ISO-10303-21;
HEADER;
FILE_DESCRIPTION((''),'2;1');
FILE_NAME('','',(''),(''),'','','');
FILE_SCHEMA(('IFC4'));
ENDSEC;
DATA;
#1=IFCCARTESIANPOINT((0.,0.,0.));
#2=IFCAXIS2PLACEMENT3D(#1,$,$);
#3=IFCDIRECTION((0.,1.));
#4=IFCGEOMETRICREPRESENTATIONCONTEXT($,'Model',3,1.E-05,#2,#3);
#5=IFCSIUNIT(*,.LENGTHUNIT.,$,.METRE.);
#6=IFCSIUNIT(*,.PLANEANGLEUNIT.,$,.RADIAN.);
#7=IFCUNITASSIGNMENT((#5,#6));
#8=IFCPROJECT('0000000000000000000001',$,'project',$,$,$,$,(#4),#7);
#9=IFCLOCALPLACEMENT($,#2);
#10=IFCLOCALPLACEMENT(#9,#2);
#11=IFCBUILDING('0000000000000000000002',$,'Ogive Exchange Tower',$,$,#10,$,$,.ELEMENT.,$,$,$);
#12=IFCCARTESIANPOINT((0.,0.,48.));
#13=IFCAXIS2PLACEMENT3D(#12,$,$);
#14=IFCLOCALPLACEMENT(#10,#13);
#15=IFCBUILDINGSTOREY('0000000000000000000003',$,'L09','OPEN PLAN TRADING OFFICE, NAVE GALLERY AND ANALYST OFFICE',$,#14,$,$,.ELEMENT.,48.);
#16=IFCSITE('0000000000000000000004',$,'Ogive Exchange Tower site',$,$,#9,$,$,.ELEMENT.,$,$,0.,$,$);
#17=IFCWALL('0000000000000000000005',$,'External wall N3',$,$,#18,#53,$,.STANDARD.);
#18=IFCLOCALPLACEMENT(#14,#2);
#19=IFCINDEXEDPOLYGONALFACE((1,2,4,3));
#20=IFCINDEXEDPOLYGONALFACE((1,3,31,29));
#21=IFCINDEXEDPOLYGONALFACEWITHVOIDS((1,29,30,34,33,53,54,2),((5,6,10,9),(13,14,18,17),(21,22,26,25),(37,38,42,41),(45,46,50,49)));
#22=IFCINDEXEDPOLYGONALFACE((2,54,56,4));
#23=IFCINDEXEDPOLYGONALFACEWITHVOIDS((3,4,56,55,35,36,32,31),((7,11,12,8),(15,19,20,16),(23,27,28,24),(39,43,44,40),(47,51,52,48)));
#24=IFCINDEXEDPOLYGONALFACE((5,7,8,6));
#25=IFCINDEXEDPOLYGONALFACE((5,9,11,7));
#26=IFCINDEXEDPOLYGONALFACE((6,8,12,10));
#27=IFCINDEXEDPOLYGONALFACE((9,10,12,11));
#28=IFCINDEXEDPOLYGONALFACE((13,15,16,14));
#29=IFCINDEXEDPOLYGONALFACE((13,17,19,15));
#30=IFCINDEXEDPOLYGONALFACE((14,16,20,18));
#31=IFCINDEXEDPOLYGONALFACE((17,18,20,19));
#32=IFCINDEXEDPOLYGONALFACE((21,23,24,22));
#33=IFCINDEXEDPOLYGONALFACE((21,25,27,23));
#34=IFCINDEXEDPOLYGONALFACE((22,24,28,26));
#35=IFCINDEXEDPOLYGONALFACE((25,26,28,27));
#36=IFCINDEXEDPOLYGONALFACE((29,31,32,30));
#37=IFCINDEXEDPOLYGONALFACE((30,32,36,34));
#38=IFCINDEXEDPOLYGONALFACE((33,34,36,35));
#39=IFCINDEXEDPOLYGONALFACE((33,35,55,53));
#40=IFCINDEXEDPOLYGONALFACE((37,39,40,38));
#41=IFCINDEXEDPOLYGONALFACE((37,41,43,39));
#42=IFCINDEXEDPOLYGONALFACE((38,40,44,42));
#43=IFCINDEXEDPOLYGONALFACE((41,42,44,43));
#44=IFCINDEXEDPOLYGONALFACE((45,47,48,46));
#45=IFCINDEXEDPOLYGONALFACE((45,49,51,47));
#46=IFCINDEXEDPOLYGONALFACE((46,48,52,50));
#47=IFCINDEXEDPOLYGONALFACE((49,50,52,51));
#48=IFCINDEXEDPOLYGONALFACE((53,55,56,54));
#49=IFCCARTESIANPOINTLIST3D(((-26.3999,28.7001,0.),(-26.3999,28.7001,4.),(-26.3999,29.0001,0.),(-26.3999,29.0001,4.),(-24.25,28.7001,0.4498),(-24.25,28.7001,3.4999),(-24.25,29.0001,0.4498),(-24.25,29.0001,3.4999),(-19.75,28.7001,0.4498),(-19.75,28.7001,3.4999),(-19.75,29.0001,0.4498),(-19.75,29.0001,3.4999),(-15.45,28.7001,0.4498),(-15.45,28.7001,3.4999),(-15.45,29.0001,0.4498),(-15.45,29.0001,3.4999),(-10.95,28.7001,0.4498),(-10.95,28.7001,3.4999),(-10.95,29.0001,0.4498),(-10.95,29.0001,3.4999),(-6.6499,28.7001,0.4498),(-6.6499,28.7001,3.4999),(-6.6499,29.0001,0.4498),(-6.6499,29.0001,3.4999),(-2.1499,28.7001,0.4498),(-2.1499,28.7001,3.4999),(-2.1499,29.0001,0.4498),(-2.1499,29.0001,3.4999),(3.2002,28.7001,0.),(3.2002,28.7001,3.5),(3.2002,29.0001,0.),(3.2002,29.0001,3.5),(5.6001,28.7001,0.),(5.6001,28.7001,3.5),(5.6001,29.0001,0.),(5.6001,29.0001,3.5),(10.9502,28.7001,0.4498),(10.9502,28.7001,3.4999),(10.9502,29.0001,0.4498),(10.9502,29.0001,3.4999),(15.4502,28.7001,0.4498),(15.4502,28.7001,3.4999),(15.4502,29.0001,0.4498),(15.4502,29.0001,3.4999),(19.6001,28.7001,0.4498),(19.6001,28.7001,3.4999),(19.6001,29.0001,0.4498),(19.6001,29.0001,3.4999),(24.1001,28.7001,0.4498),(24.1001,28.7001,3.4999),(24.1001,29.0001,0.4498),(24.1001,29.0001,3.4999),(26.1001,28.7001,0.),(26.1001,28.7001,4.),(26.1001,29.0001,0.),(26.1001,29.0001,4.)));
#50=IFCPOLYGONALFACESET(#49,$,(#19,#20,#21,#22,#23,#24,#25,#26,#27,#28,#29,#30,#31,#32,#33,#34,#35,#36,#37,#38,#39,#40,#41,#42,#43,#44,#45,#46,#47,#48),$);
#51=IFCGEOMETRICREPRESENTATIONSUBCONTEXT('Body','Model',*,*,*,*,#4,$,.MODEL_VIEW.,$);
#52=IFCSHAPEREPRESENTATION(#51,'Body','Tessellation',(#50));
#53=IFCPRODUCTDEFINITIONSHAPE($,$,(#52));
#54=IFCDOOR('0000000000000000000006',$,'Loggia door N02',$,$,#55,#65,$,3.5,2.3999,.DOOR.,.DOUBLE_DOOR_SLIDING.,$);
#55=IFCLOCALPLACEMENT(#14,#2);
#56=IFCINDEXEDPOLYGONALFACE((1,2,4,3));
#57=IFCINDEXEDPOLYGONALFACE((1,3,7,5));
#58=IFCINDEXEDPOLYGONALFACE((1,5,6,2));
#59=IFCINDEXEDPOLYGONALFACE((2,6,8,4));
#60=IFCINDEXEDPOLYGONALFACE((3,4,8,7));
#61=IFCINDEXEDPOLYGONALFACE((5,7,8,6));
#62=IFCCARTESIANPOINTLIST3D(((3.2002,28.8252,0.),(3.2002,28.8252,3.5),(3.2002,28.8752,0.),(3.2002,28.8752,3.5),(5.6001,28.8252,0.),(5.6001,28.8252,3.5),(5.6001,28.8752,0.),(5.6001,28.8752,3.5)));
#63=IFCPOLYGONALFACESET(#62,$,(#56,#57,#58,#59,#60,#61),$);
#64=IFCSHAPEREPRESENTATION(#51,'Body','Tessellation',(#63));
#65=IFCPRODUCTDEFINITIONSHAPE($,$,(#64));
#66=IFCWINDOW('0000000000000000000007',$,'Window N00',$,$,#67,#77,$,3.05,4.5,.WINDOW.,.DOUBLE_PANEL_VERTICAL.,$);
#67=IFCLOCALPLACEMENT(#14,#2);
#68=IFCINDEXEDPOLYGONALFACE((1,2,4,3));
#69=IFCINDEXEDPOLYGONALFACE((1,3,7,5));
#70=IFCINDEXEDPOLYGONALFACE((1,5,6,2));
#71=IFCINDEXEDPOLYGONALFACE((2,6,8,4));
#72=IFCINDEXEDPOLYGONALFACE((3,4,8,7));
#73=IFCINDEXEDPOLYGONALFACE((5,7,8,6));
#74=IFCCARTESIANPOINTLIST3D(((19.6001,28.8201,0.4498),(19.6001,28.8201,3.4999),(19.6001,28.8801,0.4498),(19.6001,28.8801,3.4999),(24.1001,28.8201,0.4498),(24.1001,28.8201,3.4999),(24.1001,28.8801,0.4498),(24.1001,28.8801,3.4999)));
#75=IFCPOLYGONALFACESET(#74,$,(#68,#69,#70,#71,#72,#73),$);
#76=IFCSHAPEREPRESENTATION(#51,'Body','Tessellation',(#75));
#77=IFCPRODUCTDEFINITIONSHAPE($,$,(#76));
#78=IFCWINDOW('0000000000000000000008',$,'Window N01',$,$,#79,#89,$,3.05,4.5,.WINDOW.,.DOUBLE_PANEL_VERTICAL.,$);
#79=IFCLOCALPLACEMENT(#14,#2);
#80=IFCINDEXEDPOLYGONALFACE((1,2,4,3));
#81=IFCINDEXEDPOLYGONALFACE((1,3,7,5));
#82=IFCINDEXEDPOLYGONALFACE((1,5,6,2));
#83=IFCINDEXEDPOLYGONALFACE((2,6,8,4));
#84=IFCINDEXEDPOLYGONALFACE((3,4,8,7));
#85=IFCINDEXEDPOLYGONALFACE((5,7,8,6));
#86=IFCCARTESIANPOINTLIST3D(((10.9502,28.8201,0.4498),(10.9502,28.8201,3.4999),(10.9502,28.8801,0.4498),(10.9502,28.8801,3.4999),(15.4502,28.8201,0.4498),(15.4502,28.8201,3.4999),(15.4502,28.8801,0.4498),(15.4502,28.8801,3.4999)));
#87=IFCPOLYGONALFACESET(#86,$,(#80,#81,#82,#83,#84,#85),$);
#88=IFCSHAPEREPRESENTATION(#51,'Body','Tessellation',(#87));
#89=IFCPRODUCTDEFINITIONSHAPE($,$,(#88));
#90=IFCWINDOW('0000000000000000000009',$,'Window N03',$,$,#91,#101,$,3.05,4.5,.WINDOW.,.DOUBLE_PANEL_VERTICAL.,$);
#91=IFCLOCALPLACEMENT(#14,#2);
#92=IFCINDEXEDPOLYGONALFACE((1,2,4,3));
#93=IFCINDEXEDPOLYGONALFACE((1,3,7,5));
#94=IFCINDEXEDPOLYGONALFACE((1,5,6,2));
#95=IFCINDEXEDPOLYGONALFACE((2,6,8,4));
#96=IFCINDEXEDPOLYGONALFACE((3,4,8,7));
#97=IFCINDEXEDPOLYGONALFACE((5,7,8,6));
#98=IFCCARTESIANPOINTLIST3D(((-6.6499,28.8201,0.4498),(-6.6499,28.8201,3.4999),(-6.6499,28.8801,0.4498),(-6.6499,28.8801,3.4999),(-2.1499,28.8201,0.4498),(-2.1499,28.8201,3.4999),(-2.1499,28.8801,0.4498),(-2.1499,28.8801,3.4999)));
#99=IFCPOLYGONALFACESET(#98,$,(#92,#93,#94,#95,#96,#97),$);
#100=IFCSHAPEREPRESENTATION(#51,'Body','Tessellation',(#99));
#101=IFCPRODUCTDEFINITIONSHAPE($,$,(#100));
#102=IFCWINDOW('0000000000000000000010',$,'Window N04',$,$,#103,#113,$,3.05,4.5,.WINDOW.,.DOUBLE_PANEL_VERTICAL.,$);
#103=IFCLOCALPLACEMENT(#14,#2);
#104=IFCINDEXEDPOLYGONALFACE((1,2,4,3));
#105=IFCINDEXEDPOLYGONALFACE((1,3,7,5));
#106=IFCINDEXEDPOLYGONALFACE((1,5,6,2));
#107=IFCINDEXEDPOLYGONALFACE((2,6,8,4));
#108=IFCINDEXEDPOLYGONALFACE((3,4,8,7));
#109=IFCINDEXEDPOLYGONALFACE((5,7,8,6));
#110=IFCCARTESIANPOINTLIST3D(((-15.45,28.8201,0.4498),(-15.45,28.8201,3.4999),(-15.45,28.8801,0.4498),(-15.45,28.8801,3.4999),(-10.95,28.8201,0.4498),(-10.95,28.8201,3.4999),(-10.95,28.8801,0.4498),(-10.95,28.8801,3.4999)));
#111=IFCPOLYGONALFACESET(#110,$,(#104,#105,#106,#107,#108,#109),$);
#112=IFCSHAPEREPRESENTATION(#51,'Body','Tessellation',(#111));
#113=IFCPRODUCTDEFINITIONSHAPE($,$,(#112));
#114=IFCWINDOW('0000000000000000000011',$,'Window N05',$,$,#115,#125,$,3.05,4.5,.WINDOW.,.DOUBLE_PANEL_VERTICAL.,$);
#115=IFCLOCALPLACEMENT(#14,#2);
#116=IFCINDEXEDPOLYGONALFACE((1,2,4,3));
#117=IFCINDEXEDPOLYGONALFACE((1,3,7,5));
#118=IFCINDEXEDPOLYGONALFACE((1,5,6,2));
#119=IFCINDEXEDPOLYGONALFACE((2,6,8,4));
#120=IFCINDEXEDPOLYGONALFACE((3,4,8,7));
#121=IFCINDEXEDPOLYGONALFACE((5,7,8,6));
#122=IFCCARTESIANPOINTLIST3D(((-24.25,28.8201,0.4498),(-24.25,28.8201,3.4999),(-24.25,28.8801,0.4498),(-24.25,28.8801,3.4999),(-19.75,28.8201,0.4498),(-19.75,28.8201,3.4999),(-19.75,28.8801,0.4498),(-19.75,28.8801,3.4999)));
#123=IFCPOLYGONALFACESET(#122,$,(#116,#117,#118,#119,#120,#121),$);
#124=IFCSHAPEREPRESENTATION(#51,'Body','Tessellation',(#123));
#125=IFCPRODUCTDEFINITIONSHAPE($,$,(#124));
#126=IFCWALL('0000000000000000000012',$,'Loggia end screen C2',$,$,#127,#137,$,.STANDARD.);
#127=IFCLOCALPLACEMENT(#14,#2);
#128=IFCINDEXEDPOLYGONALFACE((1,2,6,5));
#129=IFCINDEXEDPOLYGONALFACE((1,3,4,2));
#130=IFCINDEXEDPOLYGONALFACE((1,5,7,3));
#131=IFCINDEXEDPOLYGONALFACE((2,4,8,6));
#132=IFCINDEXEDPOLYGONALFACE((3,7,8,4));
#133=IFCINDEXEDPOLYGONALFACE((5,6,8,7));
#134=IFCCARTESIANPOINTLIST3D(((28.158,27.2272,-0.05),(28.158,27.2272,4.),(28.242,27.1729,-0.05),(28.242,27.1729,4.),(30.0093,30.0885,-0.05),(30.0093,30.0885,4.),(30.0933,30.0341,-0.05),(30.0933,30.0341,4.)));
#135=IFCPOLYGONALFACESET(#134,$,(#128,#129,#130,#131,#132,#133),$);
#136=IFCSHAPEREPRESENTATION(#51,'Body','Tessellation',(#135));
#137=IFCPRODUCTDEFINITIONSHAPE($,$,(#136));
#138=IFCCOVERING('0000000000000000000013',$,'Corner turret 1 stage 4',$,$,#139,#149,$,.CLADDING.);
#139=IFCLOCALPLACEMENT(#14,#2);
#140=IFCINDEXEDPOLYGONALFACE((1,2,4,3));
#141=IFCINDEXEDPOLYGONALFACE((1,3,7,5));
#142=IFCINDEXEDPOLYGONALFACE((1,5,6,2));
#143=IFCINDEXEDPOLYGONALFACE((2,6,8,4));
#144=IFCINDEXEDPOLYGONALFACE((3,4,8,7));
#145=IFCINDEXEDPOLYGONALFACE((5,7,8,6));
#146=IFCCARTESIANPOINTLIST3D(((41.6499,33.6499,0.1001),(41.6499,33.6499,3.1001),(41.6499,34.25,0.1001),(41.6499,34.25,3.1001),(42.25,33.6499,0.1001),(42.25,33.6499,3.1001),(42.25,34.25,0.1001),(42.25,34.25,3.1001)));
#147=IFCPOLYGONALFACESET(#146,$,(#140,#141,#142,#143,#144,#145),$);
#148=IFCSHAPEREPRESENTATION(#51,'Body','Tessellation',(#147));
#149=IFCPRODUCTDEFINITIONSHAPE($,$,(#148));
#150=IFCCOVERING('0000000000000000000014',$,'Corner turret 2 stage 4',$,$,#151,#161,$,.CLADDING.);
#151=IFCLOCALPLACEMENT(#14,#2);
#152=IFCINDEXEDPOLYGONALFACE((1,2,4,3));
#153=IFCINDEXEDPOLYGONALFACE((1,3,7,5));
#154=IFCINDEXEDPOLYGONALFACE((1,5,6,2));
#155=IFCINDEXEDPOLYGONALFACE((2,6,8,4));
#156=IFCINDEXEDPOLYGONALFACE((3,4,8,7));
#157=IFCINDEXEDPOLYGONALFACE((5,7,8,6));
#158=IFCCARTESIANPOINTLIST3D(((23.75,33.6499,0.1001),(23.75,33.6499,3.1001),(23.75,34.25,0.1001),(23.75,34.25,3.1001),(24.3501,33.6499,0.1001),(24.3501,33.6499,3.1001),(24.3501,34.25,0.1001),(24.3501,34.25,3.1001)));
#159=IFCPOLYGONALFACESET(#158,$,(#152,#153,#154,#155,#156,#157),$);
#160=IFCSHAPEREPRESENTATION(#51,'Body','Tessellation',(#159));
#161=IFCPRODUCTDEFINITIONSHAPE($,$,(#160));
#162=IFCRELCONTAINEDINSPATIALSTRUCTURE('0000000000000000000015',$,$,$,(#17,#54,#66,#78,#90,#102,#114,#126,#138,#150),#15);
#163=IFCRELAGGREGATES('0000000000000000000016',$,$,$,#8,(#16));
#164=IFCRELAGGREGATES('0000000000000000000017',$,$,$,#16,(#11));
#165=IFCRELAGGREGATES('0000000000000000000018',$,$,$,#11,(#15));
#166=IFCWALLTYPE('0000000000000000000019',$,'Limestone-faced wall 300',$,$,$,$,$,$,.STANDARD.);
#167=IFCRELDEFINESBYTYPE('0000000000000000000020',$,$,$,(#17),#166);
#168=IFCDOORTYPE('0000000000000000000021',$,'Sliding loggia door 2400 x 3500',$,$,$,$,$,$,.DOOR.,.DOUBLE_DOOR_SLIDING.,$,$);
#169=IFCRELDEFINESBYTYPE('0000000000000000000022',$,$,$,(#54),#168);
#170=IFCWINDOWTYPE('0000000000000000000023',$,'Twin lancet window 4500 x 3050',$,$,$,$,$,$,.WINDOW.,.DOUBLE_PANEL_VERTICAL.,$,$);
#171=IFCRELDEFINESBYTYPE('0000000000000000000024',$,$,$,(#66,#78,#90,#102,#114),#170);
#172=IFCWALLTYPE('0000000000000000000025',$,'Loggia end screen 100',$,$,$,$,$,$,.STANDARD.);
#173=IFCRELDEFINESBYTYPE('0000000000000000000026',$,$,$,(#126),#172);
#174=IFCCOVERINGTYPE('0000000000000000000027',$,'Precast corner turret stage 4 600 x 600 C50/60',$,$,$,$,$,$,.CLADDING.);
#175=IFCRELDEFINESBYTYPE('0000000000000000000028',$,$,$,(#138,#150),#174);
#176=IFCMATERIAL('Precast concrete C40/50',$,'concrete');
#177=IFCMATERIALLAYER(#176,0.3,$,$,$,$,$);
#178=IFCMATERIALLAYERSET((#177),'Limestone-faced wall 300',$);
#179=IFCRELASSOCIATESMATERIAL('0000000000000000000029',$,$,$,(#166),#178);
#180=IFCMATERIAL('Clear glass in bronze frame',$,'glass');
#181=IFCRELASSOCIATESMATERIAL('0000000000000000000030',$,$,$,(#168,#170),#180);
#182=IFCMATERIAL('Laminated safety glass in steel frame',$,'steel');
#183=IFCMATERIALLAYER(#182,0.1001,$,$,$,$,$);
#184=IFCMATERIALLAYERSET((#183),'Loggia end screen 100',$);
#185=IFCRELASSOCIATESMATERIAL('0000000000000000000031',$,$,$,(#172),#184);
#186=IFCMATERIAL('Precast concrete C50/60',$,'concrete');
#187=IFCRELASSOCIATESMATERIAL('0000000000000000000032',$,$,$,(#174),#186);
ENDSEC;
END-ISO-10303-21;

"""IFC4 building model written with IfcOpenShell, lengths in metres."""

from ifc_helpers import new_model, si_unit, direction, frame, frame_2d, origin, origin_2d, place, context, subcontext, project, spatial, rectangle, extrude, material, layer, layer_set, material_profile, profile_set, type_object, element, fill, save


model = new_model("IFC4")

# Units and contexts
model_context = context("Model", 3, precision=1e-05, world=origin(), true_north=direction((0.0, 1.0)))
body_context = subcontext(model_context, "Body", "Model", "MODEL_VIEW")
ifc_project = project(units=[si_unit("LENGTHUNIT", "METRE"), si_unit("PLANEANGLEUNIT", "RADIAN")], contexts=[model_context])

# Site, building, storey
site_placement = place(None, origin())
site = spatial("IfcSite", under=ifc_project, at=site_placement, Name="Ogive Exchange Tower site", CompositionType="ELEMENT", RefElevation=0.0)
building_placement = place(site_placement, origin())
building = spatial("IfcBuilding", under=site, at=building_placement, Name="Ogive Exchange Tower", CompositionType="ELEMENT")
storey_placement = place(building_placement, frame((0.0, 0.0, 48.0)))
storey = spatial("IfcBuildingStorey", under=building, at=storey_placement, Name="L09", Description="OPEN PLAN TRADING OFFICE, NAVE GALLERY AND ANALYST OFFICE", CompositionType="ELEMENT", Elevation=48.0)

# Wall, openings, door, windows
ifc_material_1 = material(Name="Precast concrete C40/50", Category="concrete")
ifc_layer_1 = layer(ifc_material_1, 0.3)
ifc_layer_set_1 = layer_set([ifc_layer_1], Name="Limestone-faced wall 300")
wall_type_1 = type_object("IfcWallType", Name="Limestone-faced wall 300", PredefinedType="STANDARD", material=ifc_layer_set_1)
wall_1_placement = place(storey_placement, frame((26.1001, 28.8501, 0.0), z_axis=(0.0, 0.0, 1.0), x_axis=(-1.0, 0.0, 0.0)))
wall_1 = element("IfcWall", 1, at=wall_1_placement, inside=storey, type_object=wall_type_1, Name="External wall N3", PredefinedType="STANDARD", context=body_context, shape_type="SweptSolid", body=[
    extrude(rectangle(XDim=52.5, YDim=0.3, at=frame_2d((26.25, 0.0))), origin(), (0.0, 0.0, 1.0), 4.0),
])
opening_1_placement = place(wall_1_placement, frame((2.0, 0.0, 0.45)))
opening_1 = element("IfcOpeningElement", 2, at=opening_1_placement, cuts=wall_1, PredefinedType="OPENING", context=body_context, shape_type="SweptSolid", body=[
    extrude(rectangle(XDim=4.5, YDim=3.05, at=frame_2d((2.25, 1.5249))), frame((0.0, 0.1599, 0.0), z_axis=(0.0, -1.0, 0.0), x_axis=(1.0, 0.0, 0.0)), (0.0, 0.0, 1.0), 0.3201),
])
opening_2_placement = place(wall_1_placement, frame((10.6499, 0.0, 0.45)))
opening_2 = element("IfcOpeningElement", 3, at=opening_2_placement, cuts=wall_1, PredefinedType="OPENING", context=body_context, shape_type="SweptSolid", body=[
    extrude(rectangle(XDim=4.5, YDim=3.05, at=frame_2d((2.25, 1.5249))), frame((0.0, 0.1599, 0.0), z_axis=(0.0, -1.0, 0.0), x_axis=(1.0, 0.0, 0.0)), (0.0, 0.0, 1.0), 0.3201),
])
opening_3_placement = place(wall_1_placement, frame((20.5, 0.0, 0.0)))
opening_3 = element("IfcOpeningElement", 4, at=opening_3_placement, cuts=wall_1, PredefinedType="OPENING", context=body_context, shape_type="SweptSolid", body=[
    extrude(rectangle(XDim=2.3999, YDim=3.5, at=frame_2d((1.2, 1.75))), frame((0.0, 0.1599, 0.0), z_axis=(0.0, -1.0, 0.0), x_axis=(1.0, 0.0, 0.0)), (0.0, 0.0, 1.0), 0.3201),
])
opening_4_placement = place(wall_1_placement, frame((28.25, 0.0, 0.45)))
opening_4 = element("IfcOpeningElement", 5, at=opening_4_placement, cuts=wall_1, PredefinedType="OPENING", context=body_context, shape_type="SweptSolid", body=[
    extrude(rectangle(XDim=4.5, YDim=3.05, at=frame_2d((2.25, 1.5249))), frame((0.0, 0.1599, 0.0), z_axis=(0.0, -1.0, 0.0), x_axis=(1.0, 0.0, 0.0)), (0.0, 0.0, 1.0), 0.3201),
])
opening_5_placement = place(wall_1_placement, frame((37.05, 0.0, 0.45)))
opening_5 = element("IfcOpeningElement", 6, at=opening_5_placement, cuts=wall_1, PredefinedType="OPENING", context=body_context, shape_type="SweptSolid", body=[
    extrude(rectangle(XDim=4.5, YDim=3.05, at=frame_2d((2.25, 1.5249))), frame((0.0, 0.1599, 0.0), z_axis=(0.0, -1.0, 0.0), x_axis=(1.0, 0.0, 0.0)), (0.0, 0.0, 1.0), 0.3201),
])
opening_6_placement = place(wall_1_placement, frame((45.8501, 0.0, 0.45)))
opening_6 = element("IfcOpeningElement", 7, at=opening_6_placement, cuts=wall_1, PredefinedType="OPENING", context=body_context, shape_type="SweptSolid", body=[
    extrude(rectangle(XDim=4.5, YDim=3.05, at=frame_2d((2.25, 1.5249))), frame((0.0, 0.1599, 0.0), z_axis=(0.0, -1.0, 0.0), x_axis=(1.0, 0.0, 0.0)), (0.0, 0.0, 1.0), 0.3201),
])
ifc_material_2 = material(Name="Clear glass in bronze frame", Category="glass")
door_type_1 = type_object("IfcDoorType", Name="Sliding loggia door 2400 x 3500", OperationType="DOUBLE_DOOR_SLIDING", PredefinedType="DOOR", material=ifc_material_2)
door_1_placement = place(opening_3_placement, origin())
door_1 = element("IfcDoor", 8, at=door_1_placement, inside=storey, type_object=door_type_1, Name="Loggia door N02", OperationType="DOUBLE_DOOR_SLIDING", OverallHeight=3.5, OverallWidth=2.3999, PredefinedType="DOOR", context=body_context, shape_type="SweptSolid", body=[
    extrude(rectangle(XDim=2.3999, YDim=3.5, at=frame_2d((1.2, 1.75))), frame((0.0, 0.0249, 0.0), z_axis=(0.0, -1.0, 0.0), x_axis=(1.0, 0.0, 0.0)), (0.0, 0.0, 1.0), 0.05),
])
fill(opening_3, door_1)
window_type = type_object("IfcWindowType", Name="Twin lancet window 4500 x 3050", PartitioningType="DOUBLE_PANEL_VERTICAL", PredefinedType="WINDOW", material=ifc_material_2)
window_1_placement = place(opening_1_placement, origin())
window_1 = element("IfcWindow", 9, at=window_1_placement, inside=storey, type_object=window_type, Name="Window N00", OverallHeight=3.05, OverallWidth=4.5, PartitioningType="DOUBLE_PANEL_VERTICAL", PredefinedType="WINDOW", context=body_context, shape_type="SweptSolid", body=[
    extrude(rectangle(XDim=4.5, YDim=3.05, at=frame_2d((2.25, 1.5249))), frame((0.0, 0.03, 0.0), z_axis=(0.0, -1.0, 0.0), x_axis=(1.0, 0.0, 0.0)), (0.0, 0.0, 1.0), 0.0601),
])
fill(opening_1, window_1)
window_2_placement = place(opening_2_placement, origin())
window_2 = element("IfcWindow", 10, at=window_2_placement, inside=storey, type_object=window_type, Name="Window N01", OverallHeight=3.05, OverallWidth=4.5, PartitioningType="DOUBLE_PANEL_VERTICAL", PredefinedType="WINDOW", context=body_context, shape_type="SweptSolid", body=[
    extrude(rectangle(XDim=4.5, YDim=3.05, at=frame_2d((2.25, 1.5249))), frame((0.0, 0.03, 0.0), z_axis=(0.0, -1.0, 0.0), x_axis=(1.0, 0.0, 0.0)), (0.0, 0.0, 1.0), 0.0601),
])
fill(opening_2, window_2)
window_3_placement = place(opening_4_placement, origin())
window_3 = element("IfcWindow", 11, at=window_3_placement, inside=storey, type_object=window_type, Name="Window N03", OverallHeight=3.05, OverallWidth=4.5, PartitioningType="DOUBLE_PANEL_VERTICAL", PredefinedType="WINDOW", context=body_context, shape_type="SweptSolid", body=[
    extrude(rectangle(XDim=4.5, YDim=3.05, at=frame_2d((2.25, 1.5249))), frame((0.0, 0.03, 0.0), z_axis=(0.0, -1.0, 0.0), x_axis=(1.0, 0.0, 0.0)), (0.0, 0.0, 1.0), 0.0601),
])
fill(opening_4, window_3)
window_4_placement = place(opening_5_placement, origin())
window_4 = element("IfcWindow", 12, at=window_4_placement, inside=storey, type_object=window_type, Name="Window N04", OverallHeight=3.05, OverallWidth=4.5, PartitioningType="DOUBLE_PANEL_VERTICAL", PredefinedType="WINDOW", context=body_context, shape_type="SweptSolid", body=[
    extrude(rectangle(XDim=4.5, YDim=3.05, at=frame_2d((2.25, 1.5249))), frame((0.0, 0.03, 0.0), z_axis=(0.0, -1.0, 0.0), x_axis=(1.0, 0.0, 0.0)), (0.0, 0.0, 1.0), 0.0601),
])
fill(opening_5, window_4)
window_5_placement = place(opening_6_placement, origin())
window_5 = element("IfcWindow", 13, at=window_5_placement, inside=storey, type_object=window_type, Name="Window N05", OverallHeight=3.05, OverallWidth=4.5, PartitioningType="DOUBLE_PANEL_VERTICAL", PredefinedType="WINDOW", context=body_context, shape_type="SweptSolid", body=[
    extrude(rectangle(XDim=4.5, YDim=3.05, at=frame_2d((2.25, 1.5249))), frame((0.0, 0.03, 0.0), z_axis=(0.0, -1.0, 0.0), x_axis=(1.0, 0.0, 0.0)), (0.0, 0.0, 1.0), 0.0601),
])
fill(opening_6, window_5)

# Wall
ifc_material_3 = material(Name="Laminated safety glass in steel frame", Category="steel")
ifc_layer_2 = layer(ifc_material_3, 0.1001)
ifc_layer_set_2 = layer_set([ifc_layer_2], Name="Loggia end screen 100")
wall_type_2 = type_object("IfcWallType", Name="Loggia end screen 100", PredefinedType="STANDARD", material=ifc_layer_set_2)
wall_2_placement = place(storey_placement, frame((28.2, 27.2, -0.05), z_axis=(0.0, 0.0, 1.0), x_axis=(0.543225, 0.839587, 0.0)))
element("IfcWall", 14, at=wall_2_placement, inside=storey, type_object=wall_type_2, Name="Loggia end screen C2", PredefinedType="STANDARD", context=body_context, shape_type="SweptSolid", body=[
    extrude(rectangle(XDim=3.408, YDim=0.1001, at=frame_2d((1.7041, 0.0))), origin(), (0.0, 0.0, 1.0), 4.05),
])

# Coverings
ifc_material_4 = material(Name="Precast concrete C50/60", Category="concrete")
ifc_material_profile_1 = material_profile(ifc_material_4, rectangle(XDim=0.6001, YDim=0.6001, at=origin_2d()), Name="CORNER TURRET 4 600 x 600")
ifc_profile_set_1 = profile_set([ifc_material_profile_1], Name="Precast concrete C50/60")
covering_type = type_object("IfcCoveringType", Name="Precast corner turret stage 4 600 x 600 C50/60", PredefinedType="CLADDING", material=ifc_profile_set_1)
for number, where, z_axis, x_axis, name in (
    (15, (41.95, 33.95, 0.1001), (0.0, 0.0, 1.0), (1.0, 0.0, 0.0), "Corner turret 1 stage 4"),
    (16, (24.05, 33.95, 0.1001), (0.0, 0.0, 1.0), (1.0, 0.0, 0.0), "Corner turret 2 stage 4"),
):
    element("IfcCovering", number, at=place(storey_placement, frame(where, z_axis=z_axis, x_axis=x_axis)), inside=storey, type_object=covering_type, Name=name, PredefinedType="CLADDING", context=body_context, shape_type="SweptSolid", body=[
        extrude(rectangle(XDim=0.6001, YDim=0.6001, at=origin_2d()), origin(), (0.0, 0.0, 1.0), 3.0),
    ])

save(model, "model.ifc")
